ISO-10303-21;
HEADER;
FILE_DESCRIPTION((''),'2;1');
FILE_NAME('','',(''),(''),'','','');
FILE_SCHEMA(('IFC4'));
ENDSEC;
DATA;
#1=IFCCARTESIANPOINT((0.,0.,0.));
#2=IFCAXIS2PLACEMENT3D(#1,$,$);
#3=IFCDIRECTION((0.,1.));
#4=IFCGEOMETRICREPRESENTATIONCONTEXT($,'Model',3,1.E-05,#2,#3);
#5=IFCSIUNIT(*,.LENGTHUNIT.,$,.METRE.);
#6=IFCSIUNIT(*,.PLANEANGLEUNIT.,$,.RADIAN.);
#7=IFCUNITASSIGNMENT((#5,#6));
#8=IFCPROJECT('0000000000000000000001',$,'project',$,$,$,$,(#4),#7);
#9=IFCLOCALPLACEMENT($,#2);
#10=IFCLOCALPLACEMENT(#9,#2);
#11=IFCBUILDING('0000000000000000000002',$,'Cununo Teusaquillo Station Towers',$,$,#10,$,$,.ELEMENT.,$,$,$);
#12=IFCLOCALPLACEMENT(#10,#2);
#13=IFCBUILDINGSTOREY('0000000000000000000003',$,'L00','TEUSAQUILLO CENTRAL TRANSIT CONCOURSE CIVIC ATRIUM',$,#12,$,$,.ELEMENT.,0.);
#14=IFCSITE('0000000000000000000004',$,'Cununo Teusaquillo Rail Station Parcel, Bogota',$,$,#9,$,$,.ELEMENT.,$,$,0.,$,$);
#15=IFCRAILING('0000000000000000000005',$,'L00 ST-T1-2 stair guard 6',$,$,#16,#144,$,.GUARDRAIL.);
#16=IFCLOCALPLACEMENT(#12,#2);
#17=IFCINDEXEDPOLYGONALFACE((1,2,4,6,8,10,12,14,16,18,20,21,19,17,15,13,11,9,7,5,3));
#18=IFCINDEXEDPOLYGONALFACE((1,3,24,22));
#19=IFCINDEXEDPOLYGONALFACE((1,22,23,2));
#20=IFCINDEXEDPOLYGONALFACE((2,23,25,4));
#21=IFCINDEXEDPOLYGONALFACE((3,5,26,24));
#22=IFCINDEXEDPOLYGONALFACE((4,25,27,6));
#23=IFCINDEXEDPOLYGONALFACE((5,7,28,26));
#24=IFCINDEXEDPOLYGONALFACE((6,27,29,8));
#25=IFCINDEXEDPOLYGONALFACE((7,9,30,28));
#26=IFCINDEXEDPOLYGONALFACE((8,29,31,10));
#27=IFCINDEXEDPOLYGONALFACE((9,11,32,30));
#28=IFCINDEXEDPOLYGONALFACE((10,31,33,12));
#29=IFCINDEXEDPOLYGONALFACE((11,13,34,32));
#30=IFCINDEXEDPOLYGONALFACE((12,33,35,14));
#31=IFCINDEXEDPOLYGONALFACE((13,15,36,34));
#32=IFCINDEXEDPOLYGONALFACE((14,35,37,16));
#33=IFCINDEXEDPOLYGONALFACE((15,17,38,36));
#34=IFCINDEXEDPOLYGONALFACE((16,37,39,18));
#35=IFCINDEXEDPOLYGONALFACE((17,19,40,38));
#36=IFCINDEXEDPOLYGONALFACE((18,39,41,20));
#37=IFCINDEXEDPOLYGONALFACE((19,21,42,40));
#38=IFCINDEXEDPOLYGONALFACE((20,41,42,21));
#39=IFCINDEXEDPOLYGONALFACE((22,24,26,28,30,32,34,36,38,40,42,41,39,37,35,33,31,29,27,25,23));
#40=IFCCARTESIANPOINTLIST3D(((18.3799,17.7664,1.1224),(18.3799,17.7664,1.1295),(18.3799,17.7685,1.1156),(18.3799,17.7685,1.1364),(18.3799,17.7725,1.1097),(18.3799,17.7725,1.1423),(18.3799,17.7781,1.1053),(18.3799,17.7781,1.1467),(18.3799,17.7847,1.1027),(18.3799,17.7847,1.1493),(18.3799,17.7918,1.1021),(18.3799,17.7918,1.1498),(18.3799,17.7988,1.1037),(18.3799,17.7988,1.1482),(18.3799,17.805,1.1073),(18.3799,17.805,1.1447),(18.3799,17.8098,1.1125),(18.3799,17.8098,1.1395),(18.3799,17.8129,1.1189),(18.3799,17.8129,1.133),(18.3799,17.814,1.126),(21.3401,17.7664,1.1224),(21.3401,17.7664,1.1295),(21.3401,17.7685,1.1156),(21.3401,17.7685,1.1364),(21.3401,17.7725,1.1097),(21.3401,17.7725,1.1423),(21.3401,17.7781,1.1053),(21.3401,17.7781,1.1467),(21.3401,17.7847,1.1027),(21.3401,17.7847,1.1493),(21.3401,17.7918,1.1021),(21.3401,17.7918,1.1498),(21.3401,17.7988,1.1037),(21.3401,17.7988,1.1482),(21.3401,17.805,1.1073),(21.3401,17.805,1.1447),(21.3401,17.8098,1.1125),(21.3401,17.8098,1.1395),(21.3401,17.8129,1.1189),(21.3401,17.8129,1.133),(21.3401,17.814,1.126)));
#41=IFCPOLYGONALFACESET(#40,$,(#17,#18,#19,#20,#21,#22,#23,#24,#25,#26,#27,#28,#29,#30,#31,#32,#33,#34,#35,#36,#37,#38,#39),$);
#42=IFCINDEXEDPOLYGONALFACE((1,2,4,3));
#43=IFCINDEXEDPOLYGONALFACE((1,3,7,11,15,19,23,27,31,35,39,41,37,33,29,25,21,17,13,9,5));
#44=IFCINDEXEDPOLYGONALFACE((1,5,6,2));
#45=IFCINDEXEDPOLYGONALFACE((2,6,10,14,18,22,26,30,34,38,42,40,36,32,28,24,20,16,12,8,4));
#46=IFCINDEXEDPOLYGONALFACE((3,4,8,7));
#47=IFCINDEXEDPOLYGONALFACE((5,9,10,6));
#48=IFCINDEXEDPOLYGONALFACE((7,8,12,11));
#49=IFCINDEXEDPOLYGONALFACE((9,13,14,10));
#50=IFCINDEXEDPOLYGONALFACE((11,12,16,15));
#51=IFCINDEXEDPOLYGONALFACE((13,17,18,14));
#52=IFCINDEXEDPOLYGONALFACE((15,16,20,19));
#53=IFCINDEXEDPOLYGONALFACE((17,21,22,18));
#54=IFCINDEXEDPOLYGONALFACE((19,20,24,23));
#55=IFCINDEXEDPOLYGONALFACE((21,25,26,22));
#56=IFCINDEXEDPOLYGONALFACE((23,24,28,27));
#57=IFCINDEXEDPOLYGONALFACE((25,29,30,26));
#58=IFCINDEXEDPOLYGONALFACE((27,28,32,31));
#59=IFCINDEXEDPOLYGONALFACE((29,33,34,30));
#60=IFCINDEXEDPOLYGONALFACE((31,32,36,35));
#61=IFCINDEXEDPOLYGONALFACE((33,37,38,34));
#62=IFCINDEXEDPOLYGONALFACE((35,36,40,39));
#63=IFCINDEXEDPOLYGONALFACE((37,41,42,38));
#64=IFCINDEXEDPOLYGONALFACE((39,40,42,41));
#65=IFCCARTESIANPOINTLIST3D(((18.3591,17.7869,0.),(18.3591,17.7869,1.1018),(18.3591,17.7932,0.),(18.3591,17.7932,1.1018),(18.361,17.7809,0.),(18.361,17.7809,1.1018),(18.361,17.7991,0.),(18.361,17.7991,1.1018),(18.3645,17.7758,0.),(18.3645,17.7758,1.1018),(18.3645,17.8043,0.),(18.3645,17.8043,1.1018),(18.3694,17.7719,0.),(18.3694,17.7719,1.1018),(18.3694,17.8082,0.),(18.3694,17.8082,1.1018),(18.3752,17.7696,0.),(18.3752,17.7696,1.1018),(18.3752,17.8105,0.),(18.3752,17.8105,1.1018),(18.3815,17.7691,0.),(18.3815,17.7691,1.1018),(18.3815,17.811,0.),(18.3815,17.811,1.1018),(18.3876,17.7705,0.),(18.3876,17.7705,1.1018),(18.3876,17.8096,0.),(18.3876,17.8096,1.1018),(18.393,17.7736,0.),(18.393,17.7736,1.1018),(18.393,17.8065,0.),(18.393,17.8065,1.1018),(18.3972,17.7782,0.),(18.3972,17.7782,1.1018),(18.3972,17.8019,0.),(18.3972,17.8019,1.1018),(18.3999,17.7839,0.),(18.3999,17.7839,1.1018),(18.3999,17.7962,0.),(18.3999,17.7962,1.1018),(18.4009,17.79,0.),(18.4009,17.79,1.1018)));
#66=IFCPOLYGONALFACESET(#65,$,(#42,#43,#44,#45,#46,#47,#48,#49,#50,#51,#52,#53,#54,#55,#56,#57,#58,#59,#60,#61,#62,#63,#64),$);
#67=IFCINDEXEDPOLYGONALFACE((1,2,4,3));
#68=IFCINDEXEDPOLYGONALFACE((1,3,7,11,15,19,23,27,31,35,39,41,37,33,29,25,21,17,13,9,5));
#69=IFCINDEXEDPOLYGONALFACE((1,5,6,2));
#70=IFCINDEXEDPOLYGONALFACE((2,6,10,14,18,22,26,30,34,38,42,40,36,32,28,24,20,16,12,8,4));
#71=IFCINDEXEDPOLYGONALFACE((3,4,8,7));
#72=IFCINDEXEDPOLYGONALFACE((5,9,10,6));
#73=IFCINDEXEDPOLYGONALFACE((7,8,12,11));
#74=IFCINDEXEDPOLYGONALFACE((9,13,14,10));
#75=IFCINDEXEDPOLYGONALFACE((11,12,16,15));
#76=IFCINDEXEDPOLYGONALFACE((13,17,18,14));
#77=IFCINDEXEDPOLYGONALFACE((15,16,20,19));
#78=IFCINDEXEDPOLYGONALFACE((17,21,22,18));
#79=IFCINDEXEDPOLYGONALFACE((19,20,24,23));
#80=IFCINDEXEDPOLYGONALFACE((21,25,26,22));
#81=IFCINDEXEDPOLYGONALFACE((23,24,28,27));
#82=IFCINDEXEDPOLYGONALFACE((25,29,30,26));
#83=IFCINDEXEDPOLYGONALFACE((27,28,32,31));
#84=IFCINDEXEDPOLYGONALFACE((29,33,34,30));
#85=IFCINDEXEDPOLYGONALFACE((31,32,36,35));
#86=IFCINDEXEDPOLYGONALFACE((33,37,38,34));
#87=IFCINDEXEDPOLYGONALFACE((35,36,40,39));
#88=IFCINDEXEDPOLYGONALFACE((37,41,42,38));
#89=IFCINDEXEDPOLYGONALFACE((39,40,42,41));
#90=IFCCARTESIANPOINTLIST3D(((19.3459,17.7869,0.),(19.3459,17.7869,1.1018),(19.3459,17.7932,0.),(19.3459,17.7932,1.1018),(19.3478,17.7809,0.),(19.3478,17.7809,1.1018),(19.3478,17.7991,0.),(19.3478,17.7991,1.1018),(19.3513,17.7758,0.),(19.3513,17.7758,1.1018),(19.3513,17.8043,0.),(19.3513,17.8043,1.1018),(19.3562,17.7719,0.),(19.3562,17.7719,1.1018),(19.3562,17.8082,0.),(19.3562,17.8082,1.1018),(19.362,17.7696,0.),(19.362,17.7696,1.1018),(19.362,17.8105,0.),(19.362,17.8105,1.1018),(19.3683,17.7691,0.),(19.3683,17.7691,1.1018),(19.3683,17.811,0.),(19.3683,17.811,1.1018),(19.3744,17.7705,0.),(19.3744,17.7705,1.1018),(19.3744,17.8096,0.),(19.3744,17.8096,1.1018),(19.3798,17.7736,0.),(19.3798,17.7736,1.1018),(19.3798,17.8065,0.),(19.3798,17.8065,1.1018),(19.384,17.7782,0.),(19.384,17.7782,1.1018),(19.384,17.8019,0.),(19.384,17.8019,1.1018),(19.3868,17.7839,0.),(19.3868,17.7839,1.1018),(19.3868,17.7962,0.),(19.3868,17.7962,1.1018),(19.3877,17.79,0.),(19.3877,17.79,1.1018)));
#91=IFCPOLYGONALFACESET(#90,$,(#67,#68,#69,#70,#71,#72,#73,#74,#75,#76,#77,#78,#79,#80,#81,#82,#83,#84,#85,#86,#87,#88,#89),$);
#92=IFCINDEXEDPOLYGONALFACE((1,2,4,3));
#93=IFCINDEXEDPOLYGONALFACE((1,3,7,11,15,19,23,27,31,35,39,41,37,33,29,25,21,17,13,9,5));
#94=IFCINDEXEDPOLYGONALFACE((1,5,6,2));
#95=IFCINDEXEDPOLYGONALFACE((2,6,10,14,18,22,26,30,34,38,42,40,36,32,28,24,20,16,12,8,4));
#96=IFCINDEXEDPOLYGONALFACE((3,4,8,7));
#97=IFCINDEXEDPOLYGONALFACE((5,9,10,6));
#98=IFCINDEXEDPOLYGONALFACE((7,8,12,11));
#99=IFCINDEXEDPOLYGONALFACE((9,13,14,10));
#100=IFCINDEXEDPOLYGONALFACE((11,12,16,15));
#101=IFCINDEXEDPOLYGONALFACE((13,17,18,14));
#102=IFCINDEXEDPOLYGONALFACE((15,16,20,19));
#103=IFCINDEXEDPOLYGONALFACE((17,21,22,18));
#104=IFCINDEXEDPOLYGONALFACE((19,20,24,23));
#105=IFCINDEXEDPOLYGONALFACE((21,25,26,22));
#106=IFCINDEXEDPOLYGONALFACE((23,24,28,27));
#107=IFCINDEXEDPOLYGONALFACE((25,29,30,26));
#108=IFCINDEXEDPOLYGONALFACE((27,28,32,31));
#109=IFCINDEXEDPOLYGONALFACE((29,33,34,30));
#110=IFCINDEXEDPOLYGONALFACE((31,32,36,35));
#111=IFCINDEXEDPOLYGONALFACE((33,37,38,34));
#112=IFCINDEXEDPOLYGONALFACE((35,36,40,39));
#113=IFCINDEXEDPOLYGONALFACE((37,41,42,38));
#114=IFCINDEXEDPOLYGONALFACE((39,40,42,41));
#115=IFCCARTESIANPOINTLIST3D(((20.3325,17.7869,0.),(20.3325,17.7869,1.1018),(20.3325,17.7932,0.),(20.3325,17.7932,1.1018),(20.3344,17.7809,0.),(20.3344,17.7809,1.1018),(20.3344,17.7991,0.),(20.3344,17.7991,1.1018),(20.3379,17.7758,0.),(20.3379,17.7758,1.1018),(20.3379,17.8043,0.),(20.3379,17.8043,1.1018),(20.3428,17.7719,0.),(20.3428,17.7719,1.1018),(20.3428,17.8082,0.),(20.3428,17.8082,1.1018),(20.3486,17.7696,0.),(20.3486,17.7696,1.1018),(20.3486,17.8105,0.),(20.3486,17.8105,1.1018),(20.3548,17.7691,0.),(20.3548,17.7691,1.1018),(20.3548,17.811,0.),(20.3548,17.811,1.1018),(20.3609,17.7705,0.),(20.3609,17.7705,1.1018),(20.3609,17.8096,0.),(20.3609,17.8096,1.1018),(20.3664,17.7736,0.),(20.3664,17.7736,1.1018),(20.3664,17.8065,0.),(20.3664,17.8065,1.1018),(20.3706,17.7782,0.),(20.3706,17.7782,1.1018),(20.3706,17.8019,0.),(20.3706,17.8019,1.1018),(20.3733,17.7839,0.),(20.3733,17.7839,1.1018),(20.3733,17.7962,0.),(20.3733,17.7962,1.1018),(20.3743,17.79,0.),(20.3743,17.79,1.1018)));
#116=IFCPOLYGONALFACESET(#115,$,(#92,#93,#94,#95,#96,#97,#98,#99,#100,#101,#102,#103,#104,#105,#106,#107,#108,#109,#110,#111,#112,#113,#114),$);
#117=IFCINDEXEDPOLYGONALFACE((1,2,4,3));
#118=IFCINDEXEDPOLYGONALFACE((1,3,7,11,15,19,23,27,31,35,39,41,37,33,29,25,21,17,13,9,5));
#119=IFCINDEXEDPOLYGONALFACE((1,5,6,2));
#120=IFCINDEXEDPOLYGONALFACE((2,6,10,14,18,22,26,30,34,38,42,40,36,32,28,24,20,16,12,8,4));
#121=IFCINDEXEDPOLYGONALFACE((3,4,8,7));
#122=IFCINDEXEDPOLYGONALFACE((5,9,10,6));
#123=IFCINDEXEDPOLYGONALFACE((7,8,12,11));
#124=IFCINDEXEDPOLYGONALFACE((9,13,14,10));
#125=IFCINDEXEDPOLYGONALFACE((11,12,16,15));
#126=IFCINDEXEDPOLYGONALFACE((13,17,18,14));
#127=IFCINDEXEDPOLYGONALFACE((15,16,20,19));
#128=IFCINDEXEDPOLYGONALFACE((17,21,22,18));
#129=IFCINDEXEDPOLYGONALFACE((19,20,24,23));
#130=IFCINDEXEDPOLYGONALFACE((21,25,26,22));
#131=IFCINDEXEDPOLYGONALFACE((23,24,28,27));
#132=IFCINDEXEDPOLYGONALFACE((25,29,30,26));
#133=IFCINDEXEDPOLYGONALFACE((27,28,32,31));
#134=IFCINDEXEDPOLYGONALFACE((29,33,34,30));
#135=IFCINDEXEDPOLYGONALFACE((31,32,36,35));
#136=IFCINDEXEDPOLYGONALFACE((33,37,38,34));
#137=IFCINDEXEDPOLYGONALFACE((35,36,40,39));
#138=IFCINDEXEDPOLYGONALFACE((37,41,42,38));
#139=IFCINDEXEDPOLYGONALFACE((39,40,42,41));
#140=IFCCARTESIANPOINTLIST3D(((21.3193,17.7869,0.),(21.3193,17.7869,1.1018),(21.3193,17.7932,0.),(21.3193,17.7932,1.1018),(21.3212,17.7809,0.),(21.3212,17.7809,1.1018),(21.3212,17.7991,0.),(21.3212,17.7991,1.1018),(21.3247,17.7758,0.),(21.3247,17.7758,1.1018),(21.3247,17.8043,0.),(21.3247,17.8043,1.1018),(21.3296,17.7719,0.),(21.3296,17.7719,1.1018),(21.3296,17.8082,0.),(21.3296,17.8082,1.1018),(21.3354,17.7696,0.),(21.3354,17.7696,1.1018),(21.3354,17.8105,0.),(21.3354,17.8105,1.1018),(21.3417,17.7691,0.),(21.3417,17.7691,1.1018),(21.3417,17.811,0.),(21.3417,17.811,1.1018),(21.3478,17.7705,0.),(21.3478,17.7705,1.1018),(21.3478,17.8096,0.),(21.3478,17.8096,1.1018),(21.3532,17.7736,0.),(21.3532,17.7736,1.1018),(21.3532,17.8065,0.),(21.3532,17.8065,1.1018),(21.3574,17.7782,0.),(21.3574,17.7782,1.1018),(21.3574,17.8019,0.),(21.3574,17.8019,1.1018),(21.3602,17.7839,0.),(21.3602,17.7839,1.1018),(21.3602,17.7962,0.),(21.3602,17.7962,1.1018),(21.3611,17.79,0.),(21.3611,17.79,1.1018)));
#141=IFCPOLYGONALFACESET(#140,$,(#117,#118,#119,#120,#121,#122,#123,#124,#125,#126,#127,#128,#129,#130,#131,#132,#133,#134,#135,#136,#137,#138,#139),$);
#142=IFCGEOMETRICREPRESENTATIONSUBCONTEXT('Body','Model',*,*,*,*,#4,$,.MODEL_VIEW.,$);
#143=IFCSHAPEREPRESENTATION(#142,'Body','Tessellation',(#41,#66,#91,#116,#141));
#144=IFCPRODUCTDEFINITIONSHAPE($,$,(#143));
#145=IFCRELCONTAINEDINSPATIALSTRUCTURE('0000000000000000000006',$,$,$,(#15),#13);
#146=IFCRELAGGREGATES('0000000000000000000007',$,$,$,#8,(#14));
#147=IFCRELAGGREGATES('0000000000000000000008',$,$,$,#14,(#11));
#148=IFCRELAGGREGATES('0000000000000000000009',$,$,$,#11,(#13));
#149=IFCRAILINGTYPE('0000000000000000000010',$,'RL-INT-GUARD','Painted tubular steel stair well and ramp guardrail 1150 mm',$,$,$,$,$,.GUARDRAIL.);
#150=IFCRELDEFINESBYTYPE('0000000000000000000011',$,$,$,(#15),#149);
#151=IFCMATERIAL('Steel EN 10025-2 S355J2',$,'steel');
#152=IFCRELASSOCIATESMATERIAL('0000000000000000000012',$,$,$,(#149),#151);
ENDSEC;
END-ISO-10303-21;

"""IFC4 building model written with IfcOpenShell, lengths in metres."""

from ifc_helpers import new_model, si_unit, direction, frame, origin, origin_2d, place, context, subcontext, project, spatial, circle, extrude, material, type_object, element, save


model = new_model("IFC4")

# Units and contexts
model_context = context("Model", 3, precision=1e-05, world=origin(), true_north=direction((0.0, 1.0)))
body_context = subcontext(model_context, "Body", "Model", "MODEL_VIEW")
ifc_project = project(units=[si_unit("LENGTHUNIT", "METRE"), si_unit("PLANEANGLEUNIT", "RADIAN")], contexts=[model_context])

# Site, building, storey
site_placement = place(None, origin())
site = spatial("IfcSite", under=ifc_project, at=site_placement, Name="Cununo Teusaquillo Rail Station Parcel, Bogota", CompositionType="ELEMENT", RefElevation=0.0)
building_placement = place(site_placement, origin())
building = spatial("IfcBuilding", under=site, at=building_placement, Name="Cununo Teusaquillo Station Towers", CompositionType="ELEMENT")
storey_placement = place(building_placement, origin())
storey = spatial("IfcBuildingStorey", under=building, at=storey_placement, Name="L00", Description="TEUSAQUILLO CENTRAL TRANSIT CONCOURSE CIVIC ATRIUM", CompositionType="ELEMENT", Elevation=0.0)

# Railing
ifc_material_1 = material(Name="Steel EN 10025-2 S355J2", Category="steel")
railing_type_1 = type_object("IfcRailingType", Name="RL-INT-GUARD", Description="Painted tubular steel stair well and ramp guardrail 1150 mm", PredefinedType="GUARDRAIL", material=ifc_material_1)
railing_1_placement = place(storey_placement, frame((18.3799, 17.79, 0.0)))
element("IfcRailing", 1, at=railing_1_placement, inside=storey, type_object=railing_type_1, Name="L00 ST-T1-2 stair guard 6", PredefinedType="GUARDRAIL", context=body_context, shape_type="SweptSolid", body=[
    extrude(circle(Radius=0.0239, at=origin_2d()), frame((0.0, 0.0, 1.126), z_axis=(1.0, 0.0, 0.0), x_axis=(0.0, 1.0, 0.0)), (0.0, 0.0, 1.0), 2.9602),
    extrude(circle(Radius=0.021, at=origin_2d()), origin(), (0.0, 0.0, 1.0), 1.1018),
    extrude(circle(Radius=0.021, at=origin_2d()), frame((0.9868, 0.0, 0.0)), (0.0, 0.0, 1.0), 1.1018),
    extrude(circle(Radius=0.021, at=origin_2d()), frame((1.9734, 0.0, 0.0)), (0.0, 0.0, 1.0), 1.1018),
    extrude(circle(Radius=0.021, at=origin_2d()), frame((2.9602, 0.0, 0.0)), (0.0, 0.0, 1.0), 1.1018),
])

save(model, "model.ifc")
